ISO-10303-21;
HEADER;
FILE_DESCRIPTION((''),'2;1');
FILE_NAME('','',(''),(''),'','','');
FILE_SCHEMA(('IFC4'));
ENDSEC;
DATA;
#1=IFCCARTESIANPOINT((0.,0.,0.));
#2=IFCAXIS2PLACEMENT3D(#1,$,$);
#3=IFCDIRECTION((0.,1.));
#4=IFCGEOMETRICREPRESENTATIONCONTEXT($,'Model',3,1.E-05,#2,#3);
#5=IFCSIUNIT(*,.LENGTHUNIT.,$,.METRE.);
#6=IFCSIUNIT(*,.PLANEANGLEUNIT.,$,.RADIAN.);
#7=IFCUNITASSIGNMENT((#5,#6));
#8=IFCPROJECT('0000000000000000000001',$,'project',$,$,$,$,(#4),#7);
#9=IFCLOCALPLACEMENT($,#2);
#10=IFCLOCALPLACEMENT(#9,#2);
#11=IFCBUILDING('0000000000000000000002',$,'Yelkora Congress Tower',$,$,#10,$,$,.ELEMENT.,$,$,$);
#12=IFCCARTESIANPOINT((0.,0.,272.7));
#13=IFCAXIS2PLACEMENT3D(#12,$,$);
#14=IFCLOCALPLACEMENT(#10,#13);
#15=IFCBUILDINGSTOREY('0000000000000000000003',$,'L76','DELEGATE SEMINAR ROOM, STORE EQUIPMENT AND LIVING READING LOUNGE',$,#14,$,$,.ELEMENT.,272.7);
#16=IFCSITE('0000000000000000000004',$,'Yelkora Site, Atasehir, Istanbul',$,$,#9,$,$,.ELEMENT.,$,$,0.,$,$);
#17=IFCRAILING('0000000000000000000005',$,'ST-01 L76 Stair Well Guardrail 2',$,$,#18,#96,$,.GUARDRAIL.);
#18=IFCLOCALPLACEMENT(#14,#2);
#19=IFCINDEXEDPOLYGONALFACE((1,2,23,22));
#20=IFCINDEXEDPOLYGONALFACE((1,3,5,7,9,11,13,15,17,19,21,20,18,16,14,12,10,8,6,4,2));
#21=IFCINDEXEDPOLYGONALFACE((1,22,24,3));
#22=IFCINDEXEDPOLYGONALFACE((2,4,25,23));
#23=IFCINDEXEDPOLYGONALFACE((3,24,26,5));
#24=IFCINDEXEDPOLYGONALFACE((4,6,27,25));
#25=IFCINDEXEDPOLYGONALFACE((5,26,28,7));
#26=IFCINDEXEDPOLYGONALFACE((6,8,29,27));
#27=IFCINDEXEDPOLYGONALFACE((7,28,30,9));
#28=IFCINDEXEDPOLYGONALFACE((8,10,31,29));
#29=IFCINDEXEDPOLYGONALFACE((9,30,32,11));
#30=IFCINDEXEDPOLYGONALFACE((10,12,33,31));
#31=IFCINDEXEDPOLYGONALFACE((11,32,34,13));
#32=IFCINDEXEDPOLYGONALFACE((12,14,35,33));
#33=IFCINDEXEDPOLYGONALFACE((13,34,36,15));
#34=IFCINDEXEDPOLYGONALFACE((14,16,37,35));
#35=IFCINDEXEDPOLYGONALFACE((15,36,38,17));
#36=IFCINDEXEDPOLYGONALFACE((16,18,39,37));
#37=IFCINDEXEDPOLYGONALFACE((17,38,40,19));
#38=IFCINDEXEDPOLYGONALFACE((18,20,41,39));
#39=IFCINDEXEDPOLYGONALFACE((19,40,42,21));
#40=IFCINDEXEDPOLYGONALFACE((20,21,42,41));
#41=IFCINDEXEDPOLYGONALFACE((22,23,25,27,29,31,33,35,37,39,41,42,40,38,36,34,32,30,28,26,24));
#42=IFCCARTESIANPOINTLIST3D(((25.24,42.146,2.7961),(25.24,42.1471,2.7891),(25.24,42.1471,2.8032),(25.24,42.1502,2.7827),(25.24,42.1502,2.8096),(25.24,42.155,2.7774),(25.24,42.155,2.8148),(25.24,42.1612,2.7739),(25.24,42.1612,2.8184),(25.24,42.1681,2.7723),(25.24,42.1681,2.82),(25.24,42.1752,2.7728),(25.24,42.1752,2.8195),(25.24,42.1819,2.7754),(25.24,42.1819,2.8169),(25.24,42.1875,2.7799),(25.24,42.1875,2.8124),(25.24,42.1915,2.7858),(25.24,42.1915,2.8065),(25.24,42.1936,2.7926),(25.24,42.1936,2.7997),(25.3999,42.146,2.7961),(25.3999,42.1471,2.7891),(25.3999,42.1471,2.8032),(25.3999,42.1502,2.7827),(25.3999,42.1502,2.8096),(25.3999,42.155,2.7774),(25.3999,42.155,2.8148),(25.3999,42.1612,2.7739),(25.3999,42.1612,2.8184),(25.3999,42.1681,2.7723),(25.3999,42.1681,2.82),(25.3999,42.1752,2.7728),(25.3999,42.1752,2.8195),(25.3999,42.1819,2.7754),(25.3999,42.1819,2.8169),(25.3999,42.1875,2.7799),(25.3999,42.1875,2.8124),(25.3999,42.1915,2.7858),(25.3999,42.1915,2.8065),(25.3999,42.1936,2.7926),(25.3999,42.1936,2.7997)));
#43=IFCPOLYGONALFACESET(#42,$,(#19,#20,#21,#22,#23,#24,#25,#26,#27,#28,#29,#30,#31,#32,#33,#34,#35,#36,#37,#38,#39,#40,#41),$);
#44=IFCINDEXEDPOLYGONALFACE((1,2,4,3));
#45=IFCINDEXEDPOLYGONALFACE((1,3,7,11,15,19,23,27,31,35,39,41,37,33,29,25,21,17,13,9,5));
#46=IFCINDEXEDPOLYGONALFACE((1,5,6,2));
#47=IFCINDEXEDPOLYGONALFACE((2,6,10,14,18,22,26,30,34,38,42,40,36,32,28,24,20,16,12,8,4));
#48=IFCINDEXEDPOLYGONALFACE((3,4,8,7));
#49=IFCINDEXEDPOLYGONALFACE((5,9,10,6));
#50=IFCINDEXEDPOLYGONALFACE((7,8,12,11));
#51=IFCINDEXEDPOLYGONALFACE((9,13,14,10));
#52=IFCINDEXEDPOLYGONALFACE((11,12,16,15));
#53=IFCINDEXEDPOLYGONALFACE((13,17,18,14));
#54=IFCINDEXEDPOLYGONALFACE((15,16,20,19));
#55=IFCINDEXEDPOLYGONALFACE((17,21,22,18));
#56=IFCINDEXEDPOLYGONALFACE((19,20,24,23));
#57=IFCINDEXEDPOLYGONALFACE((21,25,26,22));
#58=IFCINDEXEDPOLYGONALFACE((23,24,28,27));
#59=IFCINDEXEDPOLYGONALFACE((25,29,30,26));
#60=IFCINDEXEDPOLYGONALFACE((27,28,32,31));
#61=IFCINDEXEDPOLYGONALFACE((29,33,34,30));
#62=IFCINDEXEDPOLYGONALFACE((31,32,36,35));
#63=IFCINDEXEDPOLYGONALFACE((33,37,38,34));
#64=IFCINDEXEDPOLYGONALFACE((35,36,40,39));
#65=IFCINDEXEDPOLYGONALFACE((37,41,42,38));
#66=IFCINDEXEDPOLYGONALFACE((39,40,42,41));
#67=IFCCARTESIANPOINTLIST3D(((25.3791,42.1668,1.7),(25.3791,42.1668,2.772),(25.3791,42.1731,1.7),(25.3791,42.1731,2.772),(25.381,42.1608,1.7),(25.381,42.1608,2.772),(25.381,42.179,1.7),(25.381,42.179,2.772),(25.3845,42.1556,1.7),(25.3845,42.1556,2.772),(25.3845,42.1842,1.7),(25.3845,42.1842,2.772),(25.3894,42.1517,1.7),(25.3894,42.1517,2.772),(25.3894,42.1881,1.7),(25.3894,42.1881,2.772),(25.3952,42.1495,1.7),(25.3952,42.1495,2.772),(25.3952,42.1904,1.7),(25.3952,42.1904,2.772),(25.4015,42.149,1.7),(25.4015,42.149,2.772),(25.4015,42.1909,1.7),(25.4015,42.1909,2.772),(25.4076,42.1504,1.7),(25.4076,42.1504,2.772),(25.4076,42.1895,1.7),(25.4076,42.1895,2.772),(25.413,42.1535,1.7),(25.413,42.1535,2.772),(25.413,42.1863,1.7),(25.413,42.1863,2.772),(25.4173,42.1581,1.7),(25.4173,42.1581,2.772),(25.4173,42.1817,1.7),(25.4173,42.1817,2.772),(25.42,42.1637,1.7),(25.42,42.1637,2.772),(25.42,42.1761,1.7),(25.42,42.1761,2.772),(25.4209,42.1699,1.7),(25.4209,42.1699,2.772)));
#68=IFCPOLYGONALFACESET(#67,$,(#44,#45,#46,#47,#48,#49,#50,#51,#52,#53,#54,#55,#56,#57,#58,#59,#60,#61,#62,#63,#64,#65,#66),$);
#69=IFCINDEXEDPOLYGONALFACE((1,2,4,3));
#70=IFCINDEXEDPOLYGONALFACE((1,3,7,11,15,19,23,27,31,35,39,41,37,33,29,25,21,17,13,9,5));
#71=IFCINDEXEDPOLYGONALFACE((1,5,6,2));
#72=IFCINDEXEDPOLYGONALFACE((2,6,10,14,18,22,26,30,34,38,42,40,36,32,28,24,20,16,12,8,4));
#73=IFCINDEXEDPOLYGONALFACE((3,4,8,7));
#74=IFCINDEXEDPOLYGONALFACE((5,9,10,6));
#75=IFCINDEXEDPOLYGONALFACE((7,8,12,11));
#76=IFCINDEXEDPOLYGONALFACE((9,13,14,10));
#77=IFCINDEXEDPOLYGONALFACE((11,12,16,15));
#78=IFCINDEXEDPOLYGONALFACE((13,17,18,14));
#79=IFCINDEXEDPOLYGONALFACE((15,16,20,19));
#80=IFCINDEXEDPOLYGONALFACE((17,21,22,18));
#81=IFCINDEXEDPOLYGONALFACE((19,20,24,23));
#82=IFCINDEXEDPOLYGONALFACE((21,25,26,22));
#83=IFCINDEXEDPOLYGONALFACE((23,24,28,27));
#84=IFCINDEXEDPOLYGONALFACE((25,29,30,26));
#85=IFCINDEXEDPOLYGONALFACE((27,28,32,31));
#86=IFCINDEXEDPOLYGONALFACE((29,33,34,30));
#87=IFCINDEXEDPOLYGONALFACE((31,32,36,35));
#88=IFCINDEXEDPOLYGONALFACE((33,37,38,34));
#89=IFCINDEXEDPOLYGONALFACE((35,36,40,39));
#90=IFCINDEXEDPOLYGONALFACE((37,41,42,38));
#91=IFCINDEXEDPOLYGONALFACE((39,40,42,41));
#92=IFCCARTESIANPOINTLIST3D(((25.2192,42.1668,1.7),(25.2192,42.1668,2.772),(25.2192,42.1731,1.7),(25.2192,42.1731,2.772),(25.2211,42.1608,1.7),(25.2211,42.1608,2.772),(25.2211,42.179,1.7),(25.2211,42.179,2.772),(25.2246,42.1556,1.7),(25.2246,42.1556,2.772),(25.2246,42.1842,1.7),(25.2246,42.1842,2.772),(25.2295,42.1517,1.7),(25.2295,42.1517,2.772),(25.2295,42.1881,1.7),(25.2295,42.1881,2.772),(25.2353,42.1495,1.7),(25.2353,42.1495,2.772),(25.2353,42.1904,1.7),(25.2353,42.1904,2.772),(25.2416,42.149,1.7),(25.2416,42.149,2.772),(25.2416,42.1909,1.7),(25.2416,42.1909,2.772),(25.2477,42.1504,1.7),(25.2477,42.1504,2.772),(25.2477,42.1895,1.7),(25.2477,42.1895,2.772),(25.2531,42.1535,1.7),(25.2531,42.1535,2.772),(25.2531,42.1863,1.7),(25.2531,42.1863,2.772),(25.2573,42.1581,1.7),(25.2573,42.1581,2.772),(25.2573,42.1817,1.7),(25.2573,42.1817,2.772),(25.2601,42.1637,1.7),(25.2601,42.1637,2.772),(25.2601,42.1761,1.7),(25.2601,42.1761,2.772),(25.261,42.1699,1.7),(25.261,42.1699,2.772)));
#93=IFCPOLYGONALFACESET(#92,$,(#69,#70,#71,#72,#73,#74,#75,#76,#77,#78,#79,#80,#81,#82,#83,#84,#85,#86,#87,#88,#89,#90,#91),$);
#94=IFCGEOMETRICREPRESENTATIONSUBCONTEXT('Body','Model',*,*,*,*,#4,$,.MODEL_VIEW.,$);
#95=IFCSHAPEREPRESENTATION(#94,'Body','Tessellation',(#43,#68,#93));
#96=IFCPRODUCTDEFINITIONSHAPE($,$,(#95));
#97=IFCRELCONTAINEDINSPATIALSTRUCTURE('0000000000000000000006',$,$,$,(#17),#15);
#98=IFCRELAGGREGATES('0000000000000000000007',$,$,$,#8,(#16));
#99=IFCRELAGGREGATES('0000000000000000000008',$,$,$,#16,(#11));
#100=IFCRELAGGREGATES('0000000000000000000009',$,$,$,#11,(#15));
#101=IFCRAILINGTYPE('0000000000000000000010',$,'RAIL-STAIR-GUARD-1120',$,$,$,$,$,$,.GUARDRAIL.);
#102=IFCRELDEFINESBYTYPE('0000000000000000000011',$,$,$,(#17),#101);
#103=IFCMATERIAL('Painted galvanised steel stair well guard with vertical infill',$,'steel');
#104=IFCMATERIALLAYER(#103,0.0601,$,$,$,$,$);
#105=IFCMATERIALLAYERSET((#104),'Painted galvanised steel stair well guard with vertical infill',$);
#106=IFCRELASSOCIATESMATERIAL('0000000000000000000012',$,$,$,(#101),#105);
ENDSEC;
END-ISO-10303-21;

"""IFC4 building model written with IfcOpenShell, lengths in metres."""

from ifc_helpers import new_model, si_unit, direction, frame, origin, origin_2d, place, context, subcontext, project, spatial, circle, extrude, material, layer, layer_set, type_object, element, save


model = new_model("IFC4")

# Units and contexts
model_context = context("Model", 3, precision=1e-05, world=origin(), true_north=direction((0.0, 1.0)))
body_context = subcontext(model_context, "Body", "Model", "MODEL_VIEW")
ifc_project = project(units=[si_unit("LENGTHUNIT", "METRE"), si_unit("PLANEANGLEUNIT", "RADIAN")], contexts=[model_context])

# Site, building, storey
site_placement = place(None, origin())
site = spatial("IfcSite", under=ifc_project, at=site_placement, Name="Yelkora Site, Atasehir, Istanbul", CompositionType="ELEMENT", RefElevation=0.0)
building_placement = place(site_placement, origin())
building = spatial("IfcBuilding", under=site, at=building_placement, Name="Yelkora Congress Tower", CompositionType="ELEMENT")
storey_placement = place(building_placement, frame((0.0, 0.0, 272.7)))
storey = spatial("IfcBuildingStorey", under=building, at=storey_placement, Name="L76", Description="DELEGATE SEMINAR ROOM, STORE EQUIPMENT AND LIVING READING LOUNGE", CompositionType="ELEMENT", Elevation=272.7)

# Railing
ifc_material_1 = material(Name="Painted galvanised steel stair well guard with vertical infill", Category="steel")
ifc_layer_1 = layer(ifc_material_1, 0.0601)
ifc_layer_set_1 = layer_set([ifc_layer_1], Name="Painted galvanised steel stair well guard with vertical infill")
railing_type_1 = type_object("IfcRailingType", Name="RAIL-STAIR-GUARD-1120", PredefinedType="GUARDRAIL", material=ifc_layer_set_1)
railing_1_placement = place(storey_placement, frame((25.3999, 42.1699, 1.7)))
element("IfcRailing", 1, at=railing_1_placement, inside=storey, type_object=railing_type_1, Name="ST-01 L76 Stair Well Guardrail 2", PredefinedType="GUARDRAIL", context=body_context, shape_type="SweptSolid", body=[
    extrude(circle(Radius=0.0239, at=origin_2d()), frame((0.0, 0.0, 1.0962), z_axis=(-1.0, 0.0, 0.0), x_axis=(0.0, -1.0, 0.0)), (0.0, 0.0, 1.0), 0.1599),
    extrude(circle(Radius=0.021, at=origin_2d()), origin(), (0.0, 0.0, 1.0), 1.072),
    extrude(circle(Radius=0.021, at=origin_2d()), frame((-0.1599, 0.0, 0.0)), (0.0, 0.0, 1.0), 1.072),
])

save(model, "model.ifc")
